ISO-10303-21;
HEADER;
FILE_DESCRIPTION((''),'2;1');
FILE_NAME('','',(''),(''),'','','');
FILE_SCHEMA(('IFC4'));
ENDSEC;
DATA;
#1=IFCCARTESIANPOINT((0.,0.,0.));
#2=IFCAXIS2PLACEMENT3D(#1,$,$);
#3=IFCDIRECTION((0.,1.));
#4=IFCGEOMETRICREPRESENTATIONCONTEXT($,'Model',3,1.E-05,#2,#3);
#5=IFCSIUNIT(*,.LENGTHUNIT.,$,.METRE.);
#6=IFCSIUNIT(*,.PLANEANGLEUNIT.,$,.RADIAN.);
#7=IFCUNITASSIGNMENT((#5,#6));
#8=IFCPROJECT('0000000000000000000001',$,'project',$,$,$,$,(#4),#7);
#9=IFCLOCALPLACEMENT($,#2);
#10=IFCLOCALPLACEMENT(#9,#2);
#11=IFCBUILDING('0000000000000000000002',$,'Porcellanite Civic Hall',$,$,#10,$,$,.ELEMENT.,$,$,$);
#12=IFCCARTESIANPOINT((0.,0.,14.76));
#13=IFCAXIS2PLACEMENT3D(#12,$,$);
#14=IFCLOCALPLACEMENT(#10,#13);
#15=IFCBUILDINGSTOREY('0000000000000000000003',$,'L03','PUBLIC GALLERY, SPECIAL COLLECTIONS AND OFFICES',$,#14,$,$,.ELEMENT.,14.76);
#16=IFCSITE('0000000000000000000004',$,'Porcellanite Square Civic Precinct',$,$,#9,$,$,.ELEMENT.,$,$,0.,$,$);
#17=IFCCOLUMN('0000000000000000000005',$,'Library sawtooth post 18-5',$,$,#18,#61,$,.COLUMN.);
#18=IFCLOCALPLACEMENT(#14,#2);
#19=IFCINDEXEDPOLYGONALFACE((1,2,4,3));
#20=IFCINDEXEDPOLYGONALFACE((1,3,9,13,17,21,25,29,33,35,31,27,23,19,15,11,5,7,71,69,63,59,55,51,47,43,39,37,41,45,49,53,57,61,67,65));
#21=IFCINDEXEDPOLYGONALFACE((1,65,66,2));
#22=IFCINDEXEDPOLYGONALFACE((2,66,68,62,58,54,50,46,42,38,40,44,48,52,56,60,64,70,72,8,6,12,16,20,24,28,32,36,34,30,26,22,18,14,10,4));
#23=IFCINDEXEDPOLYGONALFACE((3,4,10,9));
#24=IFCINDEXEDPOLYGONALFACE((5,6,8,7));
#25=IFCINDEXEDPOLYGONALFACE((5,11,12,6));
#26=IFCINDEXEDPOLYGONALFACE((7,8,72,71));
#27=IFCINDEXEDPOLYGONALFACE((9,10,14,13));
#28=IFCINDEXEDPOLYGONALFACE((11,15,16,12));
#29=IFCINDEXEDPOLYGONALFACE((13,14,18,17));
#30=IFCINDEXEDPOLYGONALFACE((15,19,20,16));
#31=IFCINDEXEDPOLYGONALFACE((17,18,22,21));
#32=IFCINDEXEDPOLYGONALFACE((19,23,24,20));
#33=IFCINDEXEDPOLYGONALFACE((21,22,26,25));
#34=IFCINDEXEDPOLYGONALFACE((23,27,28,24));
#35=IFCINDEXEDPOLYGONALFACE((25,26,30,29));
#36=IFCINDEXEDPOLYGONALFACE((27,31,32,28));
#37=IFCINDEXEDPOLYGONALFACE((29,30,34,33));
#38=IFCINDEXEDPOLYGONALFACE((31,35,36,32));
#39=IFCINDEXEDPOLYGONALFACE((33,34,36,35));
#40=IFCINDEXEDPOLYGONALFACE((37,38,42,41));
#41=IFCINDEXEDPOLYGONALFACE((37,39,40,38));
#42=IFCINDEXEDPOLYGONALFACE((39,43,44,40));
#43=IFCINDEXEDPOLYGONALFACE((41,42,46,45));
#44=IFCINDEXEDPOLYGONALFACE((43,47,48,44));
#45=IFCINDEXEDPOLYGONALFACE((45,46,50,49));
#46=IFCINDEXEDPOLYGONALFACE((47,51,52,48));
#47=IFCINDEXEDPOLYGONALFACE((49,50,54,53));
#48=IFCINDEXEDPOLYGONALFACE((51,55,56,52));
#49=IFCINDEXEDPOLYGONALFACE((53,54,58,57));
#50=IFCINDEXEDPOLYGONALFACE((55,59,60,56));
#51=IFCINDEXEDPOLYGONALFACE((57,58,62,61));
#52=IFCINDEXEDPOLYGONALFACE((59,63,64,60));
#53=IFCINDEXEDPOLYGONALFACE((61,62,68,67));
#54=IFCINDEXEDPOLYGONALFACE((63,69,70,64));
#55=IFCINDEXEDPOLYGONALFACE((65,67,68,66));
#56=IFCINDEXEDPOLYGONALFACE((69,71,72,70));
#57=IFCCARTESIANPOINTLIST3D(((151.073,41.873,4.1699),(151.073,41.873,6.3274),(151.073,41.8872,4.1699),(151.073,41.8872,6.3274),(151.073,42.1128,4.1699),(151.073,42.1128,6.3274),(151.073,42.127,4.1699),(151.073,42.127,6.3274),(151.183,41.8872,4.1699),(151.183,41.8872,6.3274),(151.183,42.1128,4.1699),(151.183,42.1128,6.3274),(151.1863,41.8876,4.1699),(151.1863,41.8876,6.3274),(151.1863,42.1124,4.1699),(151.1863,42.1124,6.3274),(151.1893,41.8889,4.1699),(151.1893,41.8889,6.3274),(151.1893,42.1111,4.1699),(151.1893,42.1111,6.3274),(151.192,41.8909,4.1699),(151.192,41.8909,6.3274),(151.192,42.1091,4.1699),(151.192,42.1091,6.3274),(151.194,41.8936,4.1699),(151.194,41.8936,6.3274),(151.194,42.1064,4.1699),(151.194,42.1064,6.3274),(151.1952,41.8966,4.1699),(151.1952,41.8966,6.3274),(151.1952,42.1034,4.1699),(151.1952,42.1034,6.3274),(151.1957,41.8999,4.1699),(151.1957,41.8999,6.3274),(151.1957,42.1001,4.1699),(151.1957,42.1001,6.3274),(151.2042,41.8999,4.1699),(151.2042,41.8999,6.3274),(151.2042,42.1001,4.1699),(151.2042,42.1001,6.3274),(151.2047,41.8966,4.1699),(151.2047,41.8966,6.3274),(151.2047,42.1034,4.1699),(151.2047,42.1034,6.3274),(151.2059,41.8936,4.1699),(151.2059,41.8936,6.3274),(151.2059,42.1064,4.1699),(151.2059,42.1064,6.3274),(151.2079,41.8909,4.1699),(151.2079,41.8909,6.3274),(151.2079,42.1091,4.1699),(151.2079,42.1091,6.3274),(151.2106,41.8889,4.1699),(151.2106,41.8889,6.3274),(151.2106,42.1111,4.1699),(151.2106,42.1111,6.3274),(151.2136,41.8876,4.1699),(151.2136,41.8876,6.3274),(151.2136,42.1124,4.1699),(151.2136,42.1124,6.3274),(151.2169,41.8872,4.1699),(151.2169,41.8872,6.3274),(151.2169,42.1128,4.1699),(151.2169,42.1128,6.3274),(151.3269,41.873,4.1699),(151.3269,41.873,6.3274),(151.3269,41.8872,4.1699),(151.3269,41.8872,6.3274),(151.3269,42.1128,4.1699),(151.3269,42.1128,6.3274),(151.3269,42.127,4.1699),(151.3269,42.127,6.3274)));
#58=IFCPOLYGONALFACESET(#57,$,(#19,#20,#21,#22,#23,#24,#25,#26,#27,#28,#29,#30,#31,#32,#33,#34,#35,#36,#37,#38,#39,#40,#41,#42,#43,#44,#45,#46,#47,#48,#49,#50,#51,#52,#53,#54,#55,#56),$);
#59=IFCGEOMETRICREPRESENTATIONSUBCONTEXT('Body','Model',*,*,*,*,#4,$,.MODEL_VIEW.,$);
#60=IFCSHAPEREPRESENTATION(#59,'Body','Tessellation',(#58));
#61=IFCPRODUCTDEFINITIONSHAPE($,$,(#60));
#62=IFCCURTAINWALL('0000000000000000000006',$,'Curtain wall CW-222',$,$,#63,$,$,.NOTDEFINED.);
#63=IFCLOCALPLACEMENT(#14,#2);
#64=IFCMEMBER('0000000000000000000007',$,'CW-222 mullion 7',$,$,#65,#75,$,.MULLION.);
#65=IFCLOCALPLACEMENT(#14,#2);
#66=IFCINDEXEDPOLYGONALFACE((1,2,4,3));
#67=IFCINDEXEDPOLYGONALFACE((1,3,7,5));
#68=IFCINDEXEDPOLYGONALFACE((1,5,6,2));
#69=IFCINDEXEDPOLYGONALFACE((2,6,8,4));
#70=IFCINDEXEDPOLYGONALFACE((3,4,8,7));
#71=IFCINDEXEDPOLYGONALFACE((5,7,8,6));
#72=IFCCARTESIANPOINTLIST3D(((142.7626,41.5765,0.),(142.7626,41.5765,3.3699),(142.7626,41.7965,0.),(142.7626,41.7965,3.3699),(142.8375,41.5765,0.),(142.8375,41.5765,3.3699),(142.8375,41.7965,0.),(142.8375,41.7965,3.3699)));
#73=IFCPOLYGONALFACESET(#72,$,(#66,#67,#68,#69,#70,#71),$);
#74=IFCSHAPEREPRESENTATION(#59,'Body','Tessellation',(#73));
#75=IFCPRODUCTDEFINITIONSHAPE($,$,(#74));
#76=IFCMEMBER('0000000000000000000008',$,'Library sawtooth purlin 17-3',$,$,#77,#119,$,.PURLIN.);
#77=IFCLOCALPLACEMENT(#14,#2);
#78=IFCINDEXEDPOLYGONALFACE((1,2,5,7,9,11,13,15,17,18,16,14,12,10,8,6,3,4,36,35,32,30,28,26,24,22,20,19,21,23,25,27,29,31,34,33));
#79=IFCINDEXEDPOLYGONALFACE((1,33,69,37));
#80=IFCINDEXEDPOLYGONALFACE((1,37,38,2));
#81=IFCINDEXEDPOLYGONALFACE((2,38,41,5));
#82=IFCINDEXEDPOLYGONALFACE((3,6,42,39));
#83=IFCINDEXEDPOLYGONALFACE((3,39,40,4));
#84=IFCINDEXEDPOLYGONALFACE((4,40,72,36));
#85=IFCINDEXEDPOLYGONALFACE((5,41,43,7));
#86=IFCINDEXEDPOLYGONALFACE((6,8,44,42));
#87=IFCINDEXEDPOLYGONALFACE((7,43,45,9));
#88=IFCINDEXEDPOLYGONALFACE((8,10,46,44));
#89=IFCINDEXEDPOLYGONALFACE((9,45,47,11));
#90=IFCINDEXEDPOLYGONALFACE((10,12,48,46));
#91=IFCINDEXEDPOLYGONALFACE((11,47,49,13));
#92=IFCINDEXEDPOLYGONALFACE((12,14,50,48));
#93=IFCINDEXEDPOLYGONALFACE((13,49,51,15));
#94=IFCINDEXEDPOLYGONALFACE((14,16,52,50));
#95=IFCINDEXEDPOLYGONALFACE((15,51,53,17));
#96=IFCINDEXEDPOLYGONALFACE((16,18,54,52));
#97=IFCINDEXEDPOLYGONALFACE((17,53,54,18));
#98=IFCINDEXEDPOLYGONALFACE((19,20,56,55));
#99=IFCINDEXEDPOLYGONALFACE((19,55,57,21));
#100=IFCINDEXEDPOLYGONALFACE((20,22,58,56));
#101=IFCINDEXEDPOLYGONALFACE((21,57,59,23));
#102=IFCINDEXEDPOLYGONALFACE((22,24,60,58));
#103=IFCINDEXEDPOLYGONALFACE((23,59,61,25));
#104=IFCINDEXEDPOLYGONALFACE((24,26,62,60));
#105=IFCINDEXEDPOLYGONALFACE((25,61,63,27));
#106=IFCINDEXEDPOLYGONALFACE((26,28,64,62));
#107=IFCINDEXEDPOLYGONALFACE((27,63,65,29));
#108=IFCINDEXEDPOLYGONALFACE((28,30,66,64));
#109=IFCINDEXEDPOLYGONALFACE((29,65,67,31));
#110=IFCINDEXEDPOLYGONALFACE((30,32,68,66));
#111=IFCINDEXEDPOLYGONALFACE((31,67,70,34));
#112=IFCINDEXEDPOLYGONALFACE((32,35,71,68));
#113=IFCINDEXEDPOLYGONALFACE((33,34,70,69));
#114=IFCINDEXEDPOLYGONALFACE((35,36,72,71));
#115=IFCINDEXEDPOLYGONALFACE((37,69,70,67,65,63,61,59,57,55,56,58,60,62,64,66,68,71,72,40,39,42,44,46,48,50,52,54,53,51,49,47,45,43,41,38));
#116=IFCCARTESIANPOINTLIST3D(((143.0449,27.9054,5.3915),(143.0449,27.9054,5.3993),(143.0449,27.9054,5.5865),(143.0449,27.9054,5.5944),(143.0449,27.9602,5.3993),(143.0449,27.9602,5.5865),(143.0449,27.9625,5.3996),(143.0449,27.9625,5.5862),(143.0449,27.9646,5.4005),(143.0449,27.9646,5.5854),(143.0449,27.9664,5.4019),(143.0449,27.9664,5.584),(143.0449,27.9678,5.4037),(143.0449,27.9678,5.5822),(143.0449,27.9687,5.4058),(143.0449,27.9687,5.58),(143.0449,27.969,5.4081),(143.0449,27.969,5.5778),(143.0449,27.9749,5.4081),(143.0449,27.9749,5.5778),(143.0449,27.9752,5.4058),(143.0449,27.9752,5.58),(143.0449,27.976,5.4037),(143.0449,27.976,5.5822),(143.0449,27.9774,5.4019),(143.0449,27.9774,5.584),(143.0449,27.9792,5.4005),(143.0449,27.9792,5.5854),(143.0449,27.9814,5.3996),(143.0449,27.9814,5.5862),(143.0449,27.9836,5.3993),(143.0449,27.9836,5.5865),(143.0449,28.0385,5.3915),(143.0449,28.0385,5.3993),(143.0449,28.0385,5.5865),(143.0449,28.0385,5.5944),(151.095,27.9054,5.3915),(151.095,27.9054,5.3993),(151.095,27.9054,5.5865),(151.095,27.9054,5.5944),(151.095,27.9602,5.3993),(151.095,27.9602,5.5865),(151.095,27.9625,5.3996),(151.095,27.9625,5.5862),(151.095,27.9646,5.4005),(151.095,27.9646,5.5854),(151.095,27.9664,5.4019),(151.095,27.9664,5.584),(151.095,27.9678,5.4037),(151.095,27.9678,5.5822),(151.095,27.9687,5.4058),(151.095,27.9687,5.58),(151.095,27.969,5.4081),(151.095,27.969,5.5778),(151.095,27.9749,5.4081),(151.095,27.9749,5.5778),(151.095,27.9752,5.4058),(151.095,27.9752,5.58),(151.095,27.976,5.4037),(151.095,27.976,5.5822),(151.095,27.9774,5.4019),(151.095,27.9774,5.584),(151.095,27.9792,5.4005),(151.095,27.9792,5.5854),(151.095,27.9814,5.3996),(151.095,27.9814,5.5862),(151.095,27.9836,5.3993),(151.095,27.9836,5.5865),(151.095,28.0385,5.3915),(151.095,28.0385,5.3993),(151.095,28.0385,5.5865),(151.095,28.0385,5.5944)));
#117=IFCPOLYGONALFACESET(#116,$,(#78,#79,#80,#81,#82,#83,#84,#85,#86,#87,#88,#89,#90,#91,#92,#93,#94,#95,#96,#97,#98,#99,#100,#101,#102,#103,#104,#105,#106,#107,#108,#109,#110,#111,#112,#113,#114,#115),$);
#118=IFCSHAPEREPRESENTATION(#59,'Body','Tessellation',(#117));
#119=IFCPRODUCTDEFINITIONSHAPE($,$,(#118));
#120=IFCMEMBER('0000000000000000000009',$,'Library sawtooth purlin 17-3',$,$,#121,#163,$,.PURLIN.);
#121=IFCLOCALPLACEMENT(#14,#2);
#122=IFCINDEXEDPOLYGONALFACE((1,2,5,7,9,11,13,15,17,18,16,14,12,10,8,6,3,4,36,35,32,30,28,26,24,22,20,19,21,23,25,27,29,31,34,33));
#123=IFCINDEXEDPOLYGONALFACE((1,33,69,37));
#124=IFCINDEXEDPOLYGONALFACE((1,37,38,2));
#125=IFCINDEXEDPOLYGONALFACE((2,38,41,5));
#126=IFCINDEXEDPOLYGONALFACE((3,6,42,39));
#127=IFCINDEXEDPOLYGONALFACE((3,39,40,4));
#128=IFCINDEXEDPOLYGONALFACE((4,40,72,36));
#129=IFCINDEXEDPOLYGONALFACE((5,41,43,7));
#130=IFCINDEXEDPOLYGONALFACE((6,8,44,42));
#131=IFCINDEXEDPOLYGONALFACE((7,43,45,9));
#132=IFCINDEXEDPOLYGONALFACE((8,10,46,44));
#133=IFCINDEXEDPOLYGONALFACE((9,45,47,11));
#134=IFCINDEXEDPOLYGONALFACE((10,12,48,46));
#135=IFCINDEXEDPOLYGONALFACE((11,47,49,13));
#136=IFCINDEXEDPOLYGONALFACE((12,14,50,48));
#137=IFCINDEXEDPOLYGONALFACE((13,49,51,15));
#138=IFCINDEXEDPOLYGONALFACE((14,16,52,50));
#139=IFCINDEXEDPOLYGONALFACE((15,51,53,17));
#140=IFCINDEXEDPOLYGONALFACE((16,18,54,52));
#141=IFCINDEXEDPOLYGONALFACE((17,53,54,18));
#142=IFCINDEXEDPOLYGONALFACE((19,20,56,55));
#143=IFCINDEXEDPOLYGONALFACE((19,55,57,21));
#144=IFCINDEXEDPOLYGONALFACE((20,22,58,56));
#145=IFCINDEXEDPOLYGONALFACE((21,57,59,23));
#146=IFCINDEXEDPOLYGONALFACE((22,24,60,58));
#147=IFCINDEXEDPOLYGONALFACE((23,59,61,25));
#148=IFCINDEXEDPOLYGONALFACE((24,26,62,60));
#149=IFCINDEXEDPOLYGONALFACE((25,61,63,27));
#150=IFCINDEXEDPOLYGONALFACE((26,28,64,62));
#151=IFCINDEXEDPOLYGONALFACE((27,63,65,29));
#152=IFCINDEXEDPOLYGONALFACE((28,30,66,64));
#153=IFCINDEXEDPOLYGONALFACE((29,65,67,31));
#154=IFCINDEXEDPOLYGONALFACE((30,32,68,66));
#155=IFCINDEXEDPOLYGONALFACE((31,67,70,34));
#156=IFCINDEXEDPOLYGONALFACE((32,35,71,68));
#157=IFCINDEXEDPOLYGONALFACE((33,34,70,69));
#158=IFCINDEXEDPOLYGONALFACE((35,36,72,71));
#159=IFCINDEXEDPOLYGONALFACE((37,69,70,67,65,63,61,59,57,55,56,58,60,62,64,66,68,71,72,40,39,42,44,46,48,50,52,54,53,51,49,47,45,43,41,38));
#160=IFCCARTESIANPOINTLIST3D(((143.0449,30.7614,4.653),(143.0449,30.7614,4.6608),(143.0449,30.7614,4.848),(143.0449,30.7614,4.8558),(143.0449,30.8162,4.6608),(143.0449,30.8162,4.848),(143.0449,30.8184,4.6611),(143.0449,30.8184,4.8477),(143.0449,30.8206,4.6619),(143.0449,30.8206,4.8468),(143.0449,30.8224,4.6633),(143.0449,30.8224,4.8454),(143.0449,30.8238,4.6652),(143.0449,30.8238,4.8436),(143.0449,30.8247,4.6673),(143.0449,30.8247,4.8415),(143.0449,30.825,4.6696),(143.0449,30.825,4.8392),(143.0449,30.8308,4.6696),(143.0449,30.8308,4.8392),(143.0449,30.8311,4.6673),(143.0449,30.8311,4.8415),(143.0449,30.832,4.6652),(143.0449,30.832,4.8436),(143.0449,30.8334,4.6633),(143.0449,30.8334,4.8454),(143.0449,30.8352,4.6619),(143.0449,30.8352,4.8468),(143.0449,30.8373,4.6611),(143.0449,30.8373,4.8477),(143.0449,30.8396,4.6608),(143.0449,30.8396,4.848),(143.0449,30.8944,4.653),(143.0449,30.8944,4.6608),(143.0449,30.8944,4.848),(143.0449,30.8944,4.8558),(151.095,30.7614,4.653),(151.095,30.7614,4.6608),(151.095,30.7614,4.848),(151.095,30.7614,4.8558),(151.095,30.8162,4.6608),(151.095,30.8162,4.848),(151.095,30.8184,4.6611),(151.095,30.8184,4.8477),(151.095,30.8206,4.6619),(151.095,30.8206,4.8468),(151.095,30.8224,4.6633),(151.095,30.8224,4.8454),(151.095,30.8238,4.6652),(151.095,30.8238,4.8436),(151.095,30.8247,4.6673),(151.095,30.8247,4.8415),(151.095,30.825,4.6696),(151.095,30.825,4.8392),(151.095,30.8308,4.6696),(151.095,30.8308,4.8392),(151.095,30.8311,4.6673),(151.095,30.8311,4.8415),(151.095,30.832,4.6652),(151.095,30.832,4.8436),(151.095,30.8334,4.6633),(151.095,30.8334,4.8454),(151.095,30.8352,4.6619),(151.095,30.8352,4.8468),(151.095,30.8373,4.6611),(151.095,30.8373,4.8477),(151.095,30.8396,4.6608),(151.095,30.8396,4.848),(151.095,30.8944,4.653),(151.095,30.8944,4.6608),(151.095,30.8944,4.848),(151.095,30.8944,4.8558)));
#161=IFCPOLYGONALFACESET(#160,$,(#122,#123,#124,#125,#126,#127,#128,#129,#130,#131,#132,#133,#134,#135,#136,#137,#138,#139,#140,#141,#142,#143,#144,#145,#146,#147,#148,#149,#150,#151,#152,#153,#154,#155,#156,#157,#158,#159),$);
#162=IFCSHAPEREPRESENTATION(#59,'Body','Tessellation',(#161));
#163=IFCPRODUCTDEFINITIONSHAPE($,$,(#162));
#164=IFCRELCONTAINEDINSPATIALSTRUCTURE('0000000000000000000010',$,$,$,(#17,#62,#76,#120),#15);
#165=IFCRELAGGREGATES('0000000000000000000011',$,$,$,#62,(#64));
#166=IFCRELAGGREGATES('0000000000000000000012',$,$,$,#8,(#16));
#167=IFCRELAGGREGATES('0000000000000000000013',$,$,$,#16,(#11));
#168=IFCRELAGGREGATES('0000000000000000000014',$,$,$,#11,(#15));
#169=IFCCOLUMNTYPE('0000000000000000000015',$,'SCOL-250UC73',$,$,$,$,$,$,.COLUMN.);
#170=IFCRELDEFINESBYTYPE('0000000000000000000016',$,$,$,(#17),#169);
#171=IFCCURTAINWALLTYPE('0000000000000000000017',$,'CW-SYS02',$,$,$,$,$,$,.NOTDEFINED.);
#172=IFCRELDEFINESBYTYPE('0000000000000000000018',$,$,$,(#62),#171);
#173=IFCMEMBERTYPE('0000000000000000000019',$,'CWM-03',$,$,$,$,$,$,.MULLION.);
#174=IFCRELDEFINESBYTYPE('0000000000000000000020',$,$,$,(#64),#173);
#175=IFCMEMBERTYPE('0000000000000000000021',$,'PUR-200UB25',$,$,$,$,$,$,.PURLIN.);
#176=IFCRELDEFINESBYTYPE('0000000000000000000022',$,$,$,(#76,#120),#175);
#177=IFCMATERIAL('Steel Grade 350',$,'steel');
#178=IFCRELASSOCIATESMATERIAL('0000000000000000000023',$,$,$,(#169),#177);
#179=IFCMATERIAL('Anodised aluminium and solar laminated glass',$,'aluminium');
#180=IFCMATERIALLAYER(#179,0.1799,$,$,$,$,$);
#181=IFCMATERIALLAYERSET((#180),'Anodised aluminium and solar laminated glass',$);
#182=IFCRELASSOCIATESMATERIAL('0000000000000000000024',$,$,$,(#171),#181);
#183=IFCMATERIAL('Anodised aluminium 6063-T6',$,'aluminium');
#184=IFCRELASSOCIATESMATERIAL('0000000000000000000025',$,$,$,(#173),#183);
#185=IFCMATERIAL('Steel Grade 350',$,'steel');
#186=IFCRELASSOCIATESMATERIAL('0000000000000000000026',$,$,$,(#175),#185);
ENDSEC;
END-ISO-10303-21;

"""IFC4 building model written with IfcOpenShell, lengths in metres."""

from ifc_helpers import new_model, si_unit, direction, frame, origin, origin_2d, place, context, subcontext, project, spatial, rectangle, i_section, extrude, material, layer, layer_set, material_profile, profile_set, type_object, element, aggregate, save


model = new_model("IFC4")

# Units and contexts
model_context = context("Model", 3, precision=1e-05, world=origin(), true_north=direction((0.0, 1.0)))
body_context = subcontext(model_context, "Body", "Model", "MODEL_VIEW")
ifc_project = project(units=[si_unit("LENGTHUNIT", "METRE"), si_unit("PLANEANGLEUNIT", "RADIAN")], contexts=[model_context])

# Site, building, storey
site_placement = place(None, origin())
site = spatial("IfcSite", under=ifc_project, at=site_placement, Name="Porcellanite Square Civic Precinct", CompositionType="ELEMENT", RefElevation=0.0)
building_placement = place(site_placement, origin())
building = spatial("IfcBuilding", under=site, at=building_placement, Name="Porcellanite Civic Hall", CompositionType="ELEMENT")
storey_placement = place(building_placement, frame((0.0, 0.0, 14.76)))
storey = spatial("IfcBuildingStorey", under=building, at=storey_placement, Name="L03", Description="PUBLIC GALLERY, SPECIAL COLLECTIONS AND OFFICES", CompositionType="ELEMENT", Elevation=14.76)

# Column
ifc_material_1 = material(Name="Steel Grade 350", Category="steel")
ifc_material_profile_1 = material_profile(ifc_material_1, i_section(OverallWidth=0.2539, OverallDepth=0.2539, WebThickness=0.0085, FlangeThickness=0.0142, FilletRadius=0.0127, at=origin_2d()), Name="250UC72.9")
ifc_profile_set_1 = profile_set([ifc_material_profile_1], Name="Steel Grade 350")
column_type_1 = type_object("IfcColumnType", Name="SCOL-250UC73", PredefinedType="COLUMN", material=ifc_profile_set_1)
for number, where, z_axis, x_axis, name in (
    (1, (151.2, 42.0, 4.1699), (0.0, 0.0, 1.0), (1.0, 0.0, 0.0), "Library sawtooth post 18-5"),
):
    element("IfcColumn", number, at=place(storey_placement, frame(where, z_axis=z_axis, x_axis=x_axis)), inside=storey, type_object=column_type_1, Name=name, PredefinedType="COLUMN", context=body_context, shape_type="SweptSolid", body=[
        extrude(i_section(OverallWidth=0.2539, OverallDepth=0.2539, WebThickness=0.0085, FlangeThickness=0.0142, FilletRadius=0.0127, at=origin_2d()), origin(), (0.0, 0.0, 1.0), 2.1575),
    ])

# Curtain wall, member
ifc_material_2 = material(Name="Anodised aluminium and solar laminated glass", Category="aluminium")
ifc_layer_1 = layer(ifc_material_2, 0.1799)
ifc_layer_set_1 = layer_set([ifc_layer_1], Name="Anodised aluminium and solar laminated glass")
curtain_wall_type = type_object("IfcCurtainWallType", Name="CW-SYS02", PredefinedType="NOTDEFINED", material=ifc_layer_set_1)
curtain_wall_placement = place(storey_placement, origin())
curtain_wall = element("IfcCurtainWall", 2, at=curtain_wall_placement, inside=storey, type_object=curtain_wall_type, Name="Curtain wall CW-222", PredefinedType="NOTDEFINED")
ifc_material_3 = material(Name="Anodised aluminium 6063-T6", Category="aluminium")
ifc_material_profile_2 = material_profile(ifc_material_3, rectangle(XDim=0.075, YDim=0.22, at=origin_2d()), Name="AL-75x220")
ifc_profile_set_2 = profile_set([ifc_material_profile_2], Name="Anodised aluminium 6063-T6")
member_type_1 = type_object("IfcMemberType", Name="CWM-03", PredefinedType="MULLION", material=ifc_profile_set_2)
member_placement = place(storey_placement, frame((142.8, 41.6865, 0.0), z_axis=(0.0, 0.0, 1.0), x_axis=(-1.0, 0.0, 0.0)))
member = element("IfcMember", 3, at=member_placement, type_object=member_type_1, Name="CW-222 mullion 7", PredefinedType="MULLION", context=body_context, shape_type="SweptSolid", body=[
    extrude(rectangle(XDim=0.075, YDim=0.22, at=origin_2d()), origin(), (0.0, 0.0, 1.0), 3.3699),
])

# Members
ifc_material_4 = material(Name="Steel Grade 350", Category="steel")
ifc_material_profile_3 = material_profile(ifc_material_4, i_section(OverallWidth=0.1331, OverallDepth=0.2029, WebThickness=0.0059, FlangeThickness=0.0078, FilletRadius=0.0088, at=origin_2d()), Name="200UB25.4")
ifc_profile_set_3 = profile_set([ifc_material_profile_3], Name="Steel Grade 350")
member_type_2 = type_object("IfcMemberType", Name="PUR-200UB25", PredefinedType="PURLIN", material=ifc_profile_set_3)
for number, where, z_axis, x_axis, name in (
    (4, (143.0449, 27.9719, 5.4929), (1.0, 0.0, 0.0), (0.0, 1.0, 0.0), "Library sawtooth purlin 17-3"),
    (5, (143.0449, 30.8279, 4.7544), (1.0, 0.0, 0.0), (0.0, 1.0, 0.0), "Library sawtooth purlin 17-3"),
):
    element("IfcMember", number, at=place(storey_placement, frame(where, z_axis=z_axis, x_axis=x_axis)), inside=storey, type_object=member_type_2, Name=name, PredefinedType="PURLIN", context=body_context, shape_type="SweptSolid", body=[
        extrude(i_section(OverallWidth=0.1331, OverallDepth=0.2029, WebThickness=0.0059, FlangeThickness=0.0078, FilletRadius=0.0088, at=origin_2d()), origin(), (0.0, 0.0, 1.0), 8.05),
    ])

aggregate(curtain_wall, [member])

save(model, "model.ifc")
